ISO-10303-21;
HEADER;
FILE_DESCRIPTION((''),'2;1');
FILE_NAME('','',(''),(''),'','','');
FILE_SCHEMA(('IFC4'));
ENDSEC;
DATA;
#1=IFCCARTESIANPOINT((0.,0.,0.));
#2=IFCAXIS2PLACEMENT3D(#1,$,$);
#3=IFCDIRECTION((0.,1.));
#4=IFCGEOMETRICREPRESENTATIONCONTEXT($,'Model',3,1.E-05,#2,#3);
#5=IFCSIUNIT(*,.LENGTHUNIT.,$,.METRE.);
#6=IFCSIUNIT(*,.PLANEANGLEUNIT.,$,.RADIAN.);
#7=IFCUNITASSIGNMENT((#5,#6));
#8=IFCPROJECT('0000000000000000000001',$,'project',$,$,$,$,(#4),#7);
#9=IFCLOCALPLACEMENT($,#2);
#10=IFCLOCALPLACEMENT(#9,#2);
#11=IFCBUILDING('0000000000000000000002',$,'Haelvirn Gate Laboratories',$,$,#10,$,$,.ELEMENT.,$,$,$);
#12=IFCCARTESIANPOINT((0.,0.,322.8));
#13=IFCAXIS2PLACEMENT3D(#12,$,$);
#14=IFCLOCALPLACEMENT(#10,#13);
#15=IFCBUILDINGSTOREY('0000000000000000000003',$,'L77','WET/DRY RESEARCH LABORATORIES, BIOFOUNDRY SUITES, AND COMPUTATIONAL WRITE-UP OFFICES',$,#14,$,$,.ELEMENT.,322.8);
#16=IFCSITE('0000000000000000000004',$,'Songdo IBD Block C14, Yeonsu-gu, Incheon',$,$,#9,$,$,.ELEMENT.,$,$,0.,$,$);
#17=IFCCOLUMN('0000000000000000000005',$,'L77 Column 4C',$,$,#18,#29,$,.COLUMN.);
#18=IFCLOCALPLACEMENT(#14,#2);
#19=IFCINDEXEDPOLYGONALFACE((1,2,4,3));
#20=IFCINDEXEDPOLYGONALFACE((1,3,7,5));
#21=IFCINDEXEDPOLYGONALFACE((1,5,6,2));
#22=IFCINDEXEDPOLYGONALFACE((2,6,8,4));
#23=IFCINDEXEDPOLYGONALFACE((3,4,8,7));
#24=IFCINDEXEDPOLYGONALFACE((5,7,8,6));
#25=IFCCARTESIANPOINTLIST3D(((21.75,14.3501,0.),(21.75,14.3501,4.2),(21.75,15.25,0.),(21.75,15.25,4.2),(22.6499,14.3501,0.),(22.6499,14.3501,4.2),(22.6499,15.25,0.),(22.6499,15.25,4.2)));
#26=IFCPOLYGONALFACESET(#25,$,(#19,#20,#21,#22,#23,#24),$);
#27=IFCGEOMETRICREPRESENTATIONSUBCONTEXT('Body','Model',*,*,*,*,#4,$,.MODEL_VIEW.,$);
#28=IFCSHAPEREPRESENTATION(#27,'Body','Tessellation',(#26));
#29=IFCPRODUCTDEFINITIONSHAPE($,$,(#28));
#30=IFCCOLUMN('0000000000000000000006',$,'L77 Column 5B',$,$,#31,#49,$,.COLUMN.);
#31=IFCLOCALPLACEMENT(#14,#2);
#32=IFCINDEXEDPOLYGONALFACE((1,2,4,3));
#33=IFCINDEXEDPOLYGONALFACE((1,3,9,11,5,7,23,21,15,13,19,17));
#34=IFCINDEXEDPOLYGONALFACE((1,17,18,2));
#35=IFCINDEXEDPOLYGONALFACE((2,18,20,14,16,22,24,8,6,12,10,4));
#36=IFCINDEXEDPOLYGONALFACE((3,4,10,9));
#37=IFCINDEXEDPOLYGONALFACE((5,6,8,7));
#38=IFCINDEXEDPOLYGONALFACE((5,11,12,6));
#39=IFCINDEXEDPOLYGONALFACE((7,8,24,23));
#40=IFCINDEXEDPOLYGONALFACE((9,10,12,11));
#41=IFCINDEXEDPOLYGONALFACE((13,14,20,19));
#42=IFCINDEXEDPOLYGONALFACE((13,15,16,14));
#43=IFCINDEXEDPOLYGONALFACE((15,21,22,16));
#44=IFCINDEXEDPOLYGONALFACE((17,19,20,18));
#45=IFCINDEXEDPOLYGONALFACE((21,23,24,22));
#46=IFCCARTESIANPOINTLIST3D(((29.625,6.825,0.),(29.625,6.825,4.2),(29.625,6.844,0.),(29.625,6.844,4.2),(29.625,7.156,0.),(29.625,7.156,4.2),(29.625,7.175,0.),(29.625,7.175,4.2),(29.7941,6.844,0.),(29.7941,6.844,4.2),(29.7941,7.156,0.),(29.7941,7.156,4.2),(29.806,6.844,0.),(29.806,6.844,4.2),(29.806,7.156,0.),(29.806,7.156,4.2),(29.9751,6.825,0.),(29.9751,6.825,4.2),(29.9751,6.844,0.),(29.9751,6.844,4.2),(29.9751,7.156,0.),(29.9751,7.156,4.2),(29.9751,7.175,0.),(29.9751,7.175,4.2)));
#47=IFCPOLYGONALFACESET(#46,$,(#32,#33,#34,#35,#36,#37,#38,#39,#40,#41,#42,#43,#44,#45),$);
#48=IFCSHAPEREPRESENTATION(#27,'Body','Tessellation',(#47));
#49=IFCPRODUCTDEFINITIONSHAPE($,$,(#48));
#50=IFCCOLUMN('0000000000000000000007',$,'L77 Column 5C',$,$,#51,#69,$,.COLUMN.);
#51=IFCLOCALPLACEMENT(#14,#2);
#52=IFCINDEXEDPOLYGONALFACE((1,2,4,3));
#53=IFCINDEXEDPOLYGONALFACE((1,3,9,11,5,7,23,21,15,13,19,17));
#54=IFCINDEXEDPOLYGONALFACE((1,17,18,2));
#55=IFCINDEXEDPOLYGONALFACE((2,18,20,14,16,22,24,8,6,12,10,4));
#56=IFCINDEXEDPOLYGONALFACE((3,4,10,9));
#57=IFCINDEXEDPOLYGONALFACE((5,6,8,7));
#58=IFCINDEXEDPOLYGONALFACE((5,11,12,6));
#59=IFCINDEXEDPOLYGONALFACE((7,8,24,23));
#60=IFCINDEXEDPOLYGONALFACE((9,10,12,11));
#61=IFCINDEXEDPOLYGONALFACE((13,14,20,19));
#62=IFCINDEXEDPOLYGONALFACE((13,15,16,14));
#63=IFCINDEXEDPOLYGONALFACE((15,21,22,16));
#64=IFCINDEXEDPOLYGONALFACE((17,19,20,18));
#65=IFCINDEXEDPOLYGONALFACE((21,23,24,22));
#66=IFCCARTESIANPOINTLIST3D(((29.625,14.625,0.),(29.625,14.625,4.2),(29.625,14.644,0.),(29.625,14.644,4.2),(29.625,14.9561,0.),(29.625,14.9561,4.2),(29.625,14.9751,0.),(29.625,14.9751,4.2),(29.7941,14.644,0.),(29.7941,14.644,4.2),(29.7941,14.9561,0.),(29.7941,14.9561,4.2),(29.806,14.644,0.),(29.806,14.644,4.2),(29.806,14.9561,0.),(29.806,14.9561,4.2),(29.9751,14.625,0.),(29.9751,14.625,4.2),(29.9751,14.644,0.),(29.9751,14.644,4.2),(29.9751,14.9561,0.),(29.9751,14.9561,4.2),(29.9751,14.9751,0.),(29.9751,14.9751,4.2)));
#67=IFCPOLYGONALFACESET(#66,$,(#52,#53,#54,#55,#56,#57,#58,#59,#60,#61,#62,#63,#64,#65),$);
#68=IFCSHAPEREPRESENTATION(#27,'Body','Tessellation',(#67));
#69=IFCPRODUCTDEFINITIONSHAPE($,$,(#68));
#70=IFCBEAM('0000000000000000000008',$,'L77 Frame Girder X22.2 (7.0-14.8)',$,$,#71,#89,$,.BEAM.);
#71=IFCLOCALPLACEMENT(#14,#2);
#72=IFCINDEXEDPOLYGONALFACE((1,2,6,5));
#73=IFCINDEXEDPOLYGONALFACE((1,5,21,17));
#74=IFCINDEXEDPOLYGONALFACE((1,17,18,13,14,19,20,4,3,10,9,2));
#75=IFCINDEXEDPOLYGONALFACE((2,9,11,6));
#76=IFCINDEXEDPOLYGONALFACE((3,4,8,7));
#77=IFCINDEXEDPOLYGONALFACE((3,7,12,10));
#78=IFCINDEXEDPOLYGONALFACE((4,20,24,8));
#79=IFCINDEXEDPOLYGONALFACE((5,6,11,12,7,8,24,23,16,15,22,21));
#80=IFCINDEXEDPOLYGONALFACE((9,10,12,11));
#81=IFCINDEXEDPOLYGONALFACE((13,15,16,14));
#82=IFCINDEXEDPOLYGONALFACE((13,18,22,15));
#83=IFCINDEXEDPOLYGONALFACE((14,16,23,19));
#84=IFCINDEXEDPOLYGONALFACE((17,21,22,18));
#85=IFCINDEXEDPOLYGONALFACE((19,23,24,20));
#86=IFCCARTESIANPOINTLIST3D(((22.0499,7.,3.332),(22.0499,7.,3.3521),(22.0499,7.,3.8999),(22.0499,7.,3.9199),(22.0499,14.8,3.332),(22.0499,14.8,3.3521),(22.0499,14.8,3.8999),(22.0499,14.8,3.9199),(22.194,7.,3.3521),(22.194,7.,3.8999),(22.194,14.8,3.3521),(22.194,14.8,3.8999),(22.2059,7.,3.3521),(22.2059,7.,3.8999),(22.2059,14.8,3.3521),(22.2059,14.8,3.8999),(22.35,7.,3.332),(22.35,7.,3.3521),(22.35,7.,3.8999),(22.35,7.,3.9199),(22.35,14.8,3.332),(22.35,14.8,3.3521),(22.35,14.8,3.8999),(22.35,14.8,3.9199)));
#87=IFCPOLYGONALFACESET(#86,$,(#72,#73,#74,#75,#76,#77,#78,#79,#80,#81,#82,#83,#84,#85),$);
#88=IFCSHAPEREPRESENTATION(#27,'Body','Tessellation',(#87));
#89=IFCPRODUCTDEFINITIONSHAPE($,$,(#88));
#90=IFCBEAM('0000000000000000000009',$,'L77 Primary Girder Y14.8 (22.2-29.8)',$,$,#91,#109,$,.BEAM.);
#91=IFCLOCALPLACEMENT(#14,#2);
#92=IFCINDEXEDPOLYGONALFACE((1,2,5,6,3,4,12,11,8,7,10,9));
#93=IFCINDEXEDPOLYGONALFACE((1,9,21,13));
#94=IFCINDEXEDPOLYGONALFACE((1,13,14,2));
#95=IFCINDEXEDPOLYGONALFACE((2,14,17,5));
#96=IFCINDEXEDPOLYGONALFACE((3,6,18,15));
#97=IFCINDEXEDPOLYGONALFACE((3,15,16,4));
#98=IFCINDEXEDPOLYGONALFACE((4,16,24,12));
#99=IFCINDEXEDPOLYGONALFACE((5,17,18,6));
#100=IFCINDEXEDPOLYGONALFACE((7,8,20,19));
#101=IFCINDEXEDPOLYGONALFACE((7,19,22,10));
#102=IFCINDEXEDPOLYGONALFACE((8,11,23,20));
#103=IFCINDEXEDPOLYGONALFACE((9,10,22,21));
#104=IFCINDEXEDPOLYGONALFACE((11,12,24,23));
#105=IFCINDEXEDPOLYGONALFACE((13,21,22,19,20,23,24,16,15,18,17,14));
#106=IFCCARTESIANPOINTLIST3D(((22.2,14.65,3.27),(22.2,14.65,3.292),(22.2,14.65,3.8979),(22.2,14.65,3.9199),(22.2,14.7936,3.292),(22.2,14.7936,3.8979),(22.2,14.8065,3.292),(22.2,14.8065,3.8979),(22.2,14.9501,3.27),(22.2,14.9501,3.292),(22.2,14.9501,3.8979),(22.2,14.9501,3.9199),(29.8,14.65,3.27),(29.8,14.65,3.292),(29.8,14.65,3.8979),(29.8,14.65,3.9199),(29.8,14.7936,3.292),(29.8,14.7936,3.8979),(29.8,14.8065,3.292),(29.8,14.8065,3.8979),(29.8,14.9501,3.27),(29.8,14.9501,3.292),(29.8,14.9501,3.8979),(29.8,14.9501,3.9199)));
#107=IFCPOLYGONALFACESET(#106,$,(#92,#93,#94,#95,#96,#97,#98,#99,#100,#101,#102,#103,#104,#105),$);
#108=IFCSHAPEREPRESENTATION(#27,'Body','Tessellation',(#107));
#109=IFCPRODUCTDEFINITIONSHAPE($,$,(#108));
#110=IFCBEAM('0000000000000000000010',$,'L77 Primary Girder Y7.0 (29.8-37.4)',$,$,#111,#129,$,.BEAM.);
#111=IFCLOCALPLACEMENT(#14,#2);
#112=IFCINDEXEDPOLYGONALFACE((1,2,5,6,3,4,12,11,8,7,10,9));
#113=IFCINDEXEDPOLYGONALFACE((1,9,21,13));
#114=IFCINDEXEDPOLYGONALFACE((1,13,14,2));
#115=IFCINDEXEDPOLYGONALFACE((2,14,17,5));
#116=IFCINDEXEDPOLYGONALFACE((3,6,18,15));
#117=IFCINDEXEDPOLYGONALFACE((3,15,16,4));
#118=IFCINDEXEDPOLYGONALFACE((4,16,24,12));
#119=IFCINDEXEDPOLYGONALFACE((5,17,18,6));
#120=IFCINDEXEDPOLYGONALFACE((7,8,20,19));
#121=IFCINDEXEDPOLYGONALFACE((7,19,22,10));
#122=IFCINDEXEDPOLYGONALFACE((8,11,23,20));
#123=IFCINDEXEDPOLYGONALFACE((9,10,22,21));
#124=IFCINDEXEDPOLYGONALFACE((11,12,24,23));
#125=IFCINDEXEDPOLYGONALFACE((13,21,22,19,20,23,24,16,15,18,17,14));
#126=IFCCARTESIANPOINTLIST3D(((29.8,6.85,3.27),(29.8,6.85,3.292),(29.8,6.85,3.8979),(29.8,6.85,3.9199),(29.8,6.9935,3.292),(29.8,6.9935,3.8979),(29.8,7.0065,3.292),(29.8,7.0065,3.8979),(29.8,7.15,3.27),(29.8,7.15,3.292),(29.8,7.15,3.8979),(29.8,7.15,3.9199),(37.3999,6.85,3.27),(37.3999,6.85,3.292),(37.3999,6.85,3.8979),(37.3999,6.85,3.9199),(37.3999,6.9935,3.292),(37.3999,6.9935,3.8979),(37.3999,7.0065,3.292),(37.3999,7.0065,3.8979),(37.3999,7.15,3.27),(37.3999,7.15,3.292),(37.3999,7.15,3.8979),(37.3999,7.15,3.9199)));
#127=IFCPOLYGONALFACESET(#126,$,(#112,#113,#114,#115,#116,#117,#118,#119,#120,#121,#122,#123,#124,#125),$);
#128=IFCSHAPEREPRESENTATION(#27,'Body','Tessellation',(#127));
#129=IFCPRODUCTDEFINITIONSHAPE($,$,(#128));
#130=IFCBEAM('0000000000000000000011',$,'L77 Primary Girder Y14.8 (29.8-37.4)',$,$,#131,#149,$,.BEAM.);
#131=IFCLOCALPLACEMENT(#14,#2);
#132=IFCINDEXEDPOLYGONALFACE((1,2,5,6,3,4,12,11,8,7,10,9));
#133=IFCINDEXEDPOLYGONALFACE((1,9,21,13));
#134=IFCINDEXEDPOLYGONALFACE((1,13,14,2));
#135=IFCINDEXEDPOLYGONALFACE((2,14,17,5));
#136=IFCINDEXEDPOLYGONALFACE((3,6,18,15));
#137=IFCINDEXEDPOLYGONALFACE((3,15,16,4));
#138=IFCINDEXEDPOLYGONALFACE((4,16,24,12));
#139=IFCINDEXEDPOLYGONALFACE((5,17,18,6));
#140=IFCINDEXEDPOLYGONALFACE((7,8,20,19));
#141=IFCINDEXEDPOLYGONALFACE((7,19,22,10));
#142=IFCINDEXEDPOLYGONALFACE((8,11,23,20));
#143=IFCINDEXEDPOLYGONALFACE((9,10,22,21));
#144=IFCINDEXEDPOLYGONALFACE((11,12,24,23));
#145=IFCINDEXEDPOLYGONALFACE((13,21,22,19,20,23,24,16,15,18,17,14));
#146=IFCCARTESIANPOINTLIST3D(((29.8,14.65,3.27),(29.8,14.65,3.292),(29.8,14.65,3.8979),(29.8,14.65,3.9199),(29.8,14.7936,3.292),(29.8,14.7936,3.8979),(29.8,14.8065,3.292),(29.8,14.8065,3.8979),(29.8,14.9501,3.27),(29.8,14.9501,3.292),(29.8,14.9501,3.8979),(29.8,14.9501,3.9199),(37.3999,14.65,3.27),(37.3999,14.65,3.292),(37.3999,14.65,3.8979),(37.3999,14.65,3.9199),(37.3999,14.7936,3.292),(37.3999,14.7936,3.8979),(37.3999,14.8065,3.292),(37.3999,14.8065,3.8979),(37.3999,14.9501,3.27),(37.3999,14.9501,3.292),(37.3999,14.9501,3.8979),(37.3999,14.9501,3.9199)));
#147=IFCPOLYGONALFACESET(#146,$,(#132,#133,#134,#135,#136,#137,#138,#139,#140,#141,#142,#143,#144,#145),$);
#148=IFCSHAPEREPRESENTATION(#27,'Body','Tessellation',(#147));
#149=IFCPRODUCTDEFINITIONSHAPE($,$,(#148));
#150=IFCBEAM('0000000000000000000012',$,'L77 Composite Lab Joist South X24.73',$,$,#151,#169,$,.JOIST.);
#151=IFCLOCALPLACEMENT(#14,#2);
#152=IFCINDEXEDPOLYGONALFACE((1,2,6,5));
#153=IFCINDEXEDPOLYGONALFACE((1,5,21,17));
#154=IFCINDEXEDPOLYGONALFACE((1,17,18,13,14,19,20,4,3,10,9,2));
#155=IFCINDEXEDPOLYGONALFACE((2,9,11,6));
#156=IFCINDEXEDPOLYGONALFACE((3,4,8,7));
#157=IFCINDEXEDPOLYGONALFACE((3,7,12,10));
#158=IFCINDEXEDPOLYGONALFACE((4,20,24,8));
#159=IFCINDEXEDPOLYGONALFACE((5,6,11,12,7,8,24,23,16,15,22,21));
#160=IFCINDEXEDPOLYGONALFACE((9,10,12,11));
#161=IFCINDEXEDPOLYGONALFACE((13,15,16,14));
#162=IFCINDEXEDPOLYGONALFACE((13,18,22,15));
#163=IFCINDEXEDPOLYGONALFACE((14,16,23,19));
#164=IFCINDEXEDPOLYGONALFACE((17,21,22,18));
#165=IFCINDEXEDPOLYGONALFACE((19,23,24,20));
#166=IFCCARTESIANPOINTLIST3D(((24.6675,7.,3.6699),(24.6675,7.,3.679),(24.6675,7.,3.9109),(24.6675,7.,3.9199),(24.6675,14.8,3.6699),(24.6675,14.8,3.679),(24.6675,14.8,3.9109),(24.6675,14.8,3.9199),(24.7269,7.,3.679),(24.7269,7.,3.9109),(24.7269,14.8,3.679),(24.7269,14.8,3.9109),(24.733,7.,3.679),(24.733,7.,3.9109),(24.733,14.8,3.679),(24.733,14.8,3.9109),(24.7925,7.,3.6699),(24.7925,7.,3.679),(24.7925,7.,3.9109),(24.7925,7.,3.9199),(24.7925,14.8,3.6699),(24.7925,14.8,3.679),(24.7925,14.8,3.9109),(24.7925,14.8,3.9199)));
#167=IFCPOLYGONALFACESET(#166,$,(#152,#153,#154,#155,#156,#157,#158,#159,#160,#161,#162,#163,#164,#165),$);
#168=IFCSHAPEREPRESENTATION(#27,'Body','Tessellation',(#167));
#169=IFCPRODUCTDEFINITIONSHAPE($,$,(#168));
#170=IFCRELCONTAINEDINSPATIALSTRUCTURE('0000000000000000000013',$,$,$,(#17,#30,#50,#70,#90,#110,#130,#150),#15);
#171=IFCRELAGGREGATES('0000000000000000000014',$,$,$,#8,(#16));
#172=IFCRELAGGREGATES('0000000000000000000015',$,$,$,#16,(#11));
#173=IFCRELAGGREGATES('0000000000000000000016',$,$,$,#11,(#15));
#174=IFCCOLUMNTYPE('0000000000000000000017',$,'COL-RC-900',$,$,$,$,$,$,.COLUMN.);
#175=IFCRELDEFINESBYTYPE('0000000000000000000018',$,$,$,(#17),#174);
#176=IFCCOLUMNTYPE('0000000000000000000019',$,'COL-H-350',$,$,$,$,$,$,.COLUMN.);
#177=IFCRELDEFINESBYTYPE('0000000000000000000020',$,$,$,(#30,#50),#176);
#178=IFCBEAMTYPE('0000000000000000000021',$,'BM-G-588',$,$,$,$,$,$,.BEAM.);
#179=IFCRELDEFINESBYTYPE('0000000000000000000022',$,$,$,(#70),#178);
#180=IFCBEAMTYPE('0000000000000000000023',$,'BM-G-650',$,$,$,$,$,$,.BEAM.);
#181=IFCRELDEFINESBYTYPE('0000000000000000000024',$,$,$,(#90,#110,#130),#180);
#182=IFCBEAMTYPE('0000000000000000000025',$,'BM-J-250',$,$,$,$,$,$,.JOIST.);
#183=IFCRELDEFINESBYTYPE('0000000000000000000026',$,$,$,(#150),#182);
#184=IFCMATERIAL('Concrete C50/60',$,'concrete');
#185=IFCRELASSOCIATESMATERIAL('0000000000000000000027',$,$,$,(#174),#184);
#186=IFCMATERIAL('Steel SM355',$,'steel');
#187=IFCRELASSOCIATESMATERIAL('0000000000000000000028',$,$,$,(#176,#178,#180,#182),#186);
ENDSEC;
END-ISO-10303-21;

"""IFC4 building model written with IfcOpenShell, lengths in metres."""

from ifc_helpers import new_model, si_unit, direction, frame, origin, origin_2d, place, context, subcontext, project, spatial, rectangle, i_section, extrude, source, transform, mapped, material, material_profile, profile_set, type_object, type_shapes, element, save


model = new_model("IFC4")

# Units and contexts
model_context = context("Model", 3, precision=1e-05, world=origin(), true_north=direction((0.0, 1.0)))
body_context = subcontext(model_context, "Body", "Model", "MODEL_VIEW")
ifc_project = project(units=[si_unit("LENGTHUNIT", "METRE"), si_unit("PLANEANGLEUNIT", "RADIAN")], contexts=[model_context])

# Site, building, storey
site_placement = place(None, origin())
site = spatial("IfcSite", under=ifc_project, at=site_placement, Name="Songdo IBD Block C14, Yeonsu-gu, Incheon", CompositionType="ELEMENT", RefElevation=0.0)
building_placement = place(site_placement, origin())
building = spatial("IfcBuilding", under=site, at=building_placement, Name="Haelvirn Gate Laboratories", CompositionType="ELEMENT")
storey_placement = place(building_placement, frame((0.0, 0.0, 322.8)))
storey = spatial("IfcBuildingStorey", under=building, at=storey_placement, Name="L77", Description="WET/DRY RESEARCH LABORATORIES, BIOFOUNDRY SUITES, AND COMPUTATIONAL WRITE-UP OFFICES", CompositionType="ELEMENT", Elevation=322.8)

# Columns
ifc_material_1 = material(Name="Concrete C50/60", Category="concrete")
ifc_material_profile_1 = material_profile(ifc_material_1, rectangle(XDim=0.8999, YDim=0.8999, at=origin_2d()), Name="RC-900x900")
ifc_profile_set_1 = profile_set([ifc_material_profile_1], Name="Concrete C50/60")
column_type_1 = type_object("IfcColumnType", Name="COL-RC-900", PredefinedType="COLUMN", material=ifc_profile_set_1)
shared_shape_1 = source(origin(), body_context, "Body", "SweptSolid", [
    extrude(rectangle(XDim=0.8999, YDim=0.8999, at=origin_2d()), origin(), (0.0, 0.0, 1.0), 4.2),
])
type_shapes(column_type_1, [shared_shape_1])
column_placement = place(storey_placement, frame((22.2, 14.8, 0.0), z_axis=(0.0, 0.0, 1.0), x_axis=(1.0, 0.0, 0.0)))
element("IfcColumn", 1, at=column_placement, inside=storey, type_object=column_type_1, Name="L77 Column 4C", PredefinedType="COLUMN", context=body_context, shape_type="MappedRepresentation", body=[
    mapped(shared_shape_1, transform((0.0, 0.0, 0.0), scale=1.0)),
])
ifc_material_2 = material(Name="Steel SM355", Category="steel")
ifc_material_profile_2 = material_profile(ifc_material_2, i_section(OverallWidth=0.3501, OverallDepth=0.3501, WebThickness=0.012, FlangeThickness=0.019, at=origin_2d()), Name="H-350x350x12x19")
ifc_profile_set_2 = profile_set([ifc_material_profile_2], Name="Steel SM355")
column_type_2 = type_object("IfcColumnType", Name="COL-H-350", PredefinedType="COLUMN", material=ifc_profile_set_2)
shared_shape_2 = source(origin(), body_context, "Body", "SweptSolid", [
    extrude(i_section(OverallWidth=0.3501, OverallDepth=0.3501, WebThickness=0.012, FlangeThickness=0.019, at=origin_2d()), origin(), (0.0, 0.0, 1.0), 4.2),
])
type_shapes(column_type_2, [shared_shape_2])
for number, where, z_axis, x_axis, name in (
    (2, (29.8, 7.0, 0.0), (0.0, 0.0, 1.0), (1.0, 0.0, 0.0), "L77 Column 5B"),
    (3, (29.8, 14.8, 0.0), (0.0, 0.0, 1.0), (1.0, 0.0, 0.0), "L77 Column 5C"),
):
    element("IfcColumn", number, at=place(storey_placement, frame(where, z_axis=z_axis, x_axis=x_axis)), inside=storey, type_object=column_type_2, Name=name, PredefinedType="COLUMN", context=body_context, shape_type="MappedRepresentation", body=[
        mapped(shared_shape_2, transform((0.0, 0.0, 0.0), scale=1.0)),
    ])

# Beams
ifc_material_profile_3 = material_profile(ifc_material_2, i_section(OverallWidth=0.3, OverallDepth=0.5879, WebThickness=0.012, FlangeThickness=0.02, at=origin_2d()), Name="H-588x300x12x20")
ifc_profile_set_3 = profile_set([ifc_material_profile_3], Name="Steel SM355")
beam_type_1 = type_object("IfcBeamType", Name="BM-G-588", PredefinedType="BEAM", material=ifc_profile_set_3)
shared_shape_3 = source(origin(), body_context, "Body", "SweptSolid", [
    extrude(i_section(OverallWidth=0.3, OverallDepth=0.5879, WebThickness=0.012, FlangeThickness=0.02, at=origin_2d()), origin(), (0.0, 0.0, 1.0), 7.8),
])
type_shapes(beam_type_1, [shared_shape_3])
beam_1_placement = place(storey_placement, frame((22.2, 7.0, 3.626), z_axis=(0.0, 1.0, 0.0), x_axis=(-1.0, 0.0, 0.0)))
element("IfcBeam", 4, at=beam_1_placement, inside=storey, type_object=beam_type_1, Name="L77 Frame Girder X22.2 (7.0-14.8)", PredefinedType="BEAM", context=body_context, shape_type="MappedRepresentation", body=[
    mapped(shared_shape_3, transform((0.0, 0.0, 0.0), scale=1.0)),
])
ifc_material_profile_4 = material_profile(ifc_material_2, i_section(OverallWidth=0.3, OverallDepth=0.6499, WebThickness=0.0129, FlangeThickness=0.022, at=origin_2d()), Name="H-650x300x13x22")
ifc_profile_set_4 = profile_set([ifc_material_profile_4], Name="Steel SM355")
beam_type_2 = type_object("IfcBeamType", Name="BM-G-650", PredefinedType="BEAM", material=ifc_profile_set_4)
shared_shape_4 = source(origin(), body_context, "Body", "SweptSolid", [
    extrude(i_section(OverallWidth=0.3, OverallDepth=0.6499, WebThickness=0.0129, FlangeThickness=0.022, at=origin_2d()), origin(), (0.0, 0.0, 1.0), 7.6001),
])
beam_2_placement = place(storey_placement, frame((22.2, 14.8, 3.595), z_axis=(1.0, 0.0, 0.0), x_axis=(0.0, 1.0, 0.0)))
element("IfcBeam", 5, at=beam_2_placement, inside=storey, type_object=beam_type_2, Name="L77 Primary Girder Y14.8 (22.2-29.8)", PredefinedType="BEAM", context=body_context, shape_type="MappedRepresentation", body=[
    mapped(shared_shape_4, transform((0.0, 0.0, 0.0), scale=1.0)),
])
shared_shape_5 = source(origin(), body_context, "Body", "SweptSolid", [
    extrude(i_section(OverallWidth=0.3, OverallDepth=0.6499, WebThickness=0.0129, FlangeThickness=0.022, at=origin_2d()), origin(), (0.0, 0.0, 1.0), 7.5999),
])
type_shapes(beam_type_2, [shared_shape_4, shared_shape_5])
for number, where, z_axis, x_axis, name in (
    (6, (29.8, 7.0, 3.595), (1.0, 0.0, 0.0), (0.0, 1.0, 0.0), "L77 Primary Girder Y7.0 (29.8-37.4)"),
    (7, (29.8, 14.8, 3.595), (1.0, 0.0, 0.0), (0.0, 1.0, 0.0), "L77 Primary Girder Y14.8 (29.8-37.4)"),
):
    element("IfcBeam", number, at=place(storey_placement, frame(where, z_axis=z_axis, x_axis=x_axis)), inside=storey, type_object=beam_type_2, Name=name, PredefinedType="BEAM", context=body_context, shape_type="MappedRepresentation", body=[
        mapped(shared_shape_5, transform((0.0, 0.0, 0.0), scale=1.0)),
    ])
ifc_material_profile_5 = material_profile(ifc_material_2, i_section(OverallWidth=0.125, OverallDepth=0.25, WebThickness=0.0061, FlangeThickness=0.009, at=origin_2d()), Name="H-250x125x6x9")
ifc_profile_set_5 = profile_set([ifc_material_profile_5], Name="Steel SM355")
beam_type_3 = type_object("IfcBeamType", Name="BM-J-250", PredefinedType="JOIST", material=ifc_profile_set_5)
shared_shape_6 = source(origin(), body_context, "Body", "SweptSolid", [
    extrude(i_section(OverallWidth=0.125, OverallDepth=0.25, WebThickness=0.0061, FlangeThickness=0.009, at=origin_2d()), origin(), (0.0, 0.0, 1.0), 7.8),
])
type_shapes(beam_type_3, [shared_shape_6])
for number, where, z_axis, x_axis, name in (
    (8, (24.73, 7.0, 3.7949), (0.0, 1.0, 0.0), (-1.0, 0.0, 0.0), "L77 Composite Lab Joist South X24.73"),
):
    element("IfcBeam", number, at=place(storey_placement, frame(where, z_axis=z_axis, x_axis=x_axis)), inside=storey, type_object=beam_type_3, Name=name, PredefinedType="JOIST", context=body_context, shape_type="MappedRepresentation", body=[
        mapped(shared_shape_6, transform((0.0, 0.0, 0.0), scale=1.0)),
    ])

save(model, "model.ifc")
